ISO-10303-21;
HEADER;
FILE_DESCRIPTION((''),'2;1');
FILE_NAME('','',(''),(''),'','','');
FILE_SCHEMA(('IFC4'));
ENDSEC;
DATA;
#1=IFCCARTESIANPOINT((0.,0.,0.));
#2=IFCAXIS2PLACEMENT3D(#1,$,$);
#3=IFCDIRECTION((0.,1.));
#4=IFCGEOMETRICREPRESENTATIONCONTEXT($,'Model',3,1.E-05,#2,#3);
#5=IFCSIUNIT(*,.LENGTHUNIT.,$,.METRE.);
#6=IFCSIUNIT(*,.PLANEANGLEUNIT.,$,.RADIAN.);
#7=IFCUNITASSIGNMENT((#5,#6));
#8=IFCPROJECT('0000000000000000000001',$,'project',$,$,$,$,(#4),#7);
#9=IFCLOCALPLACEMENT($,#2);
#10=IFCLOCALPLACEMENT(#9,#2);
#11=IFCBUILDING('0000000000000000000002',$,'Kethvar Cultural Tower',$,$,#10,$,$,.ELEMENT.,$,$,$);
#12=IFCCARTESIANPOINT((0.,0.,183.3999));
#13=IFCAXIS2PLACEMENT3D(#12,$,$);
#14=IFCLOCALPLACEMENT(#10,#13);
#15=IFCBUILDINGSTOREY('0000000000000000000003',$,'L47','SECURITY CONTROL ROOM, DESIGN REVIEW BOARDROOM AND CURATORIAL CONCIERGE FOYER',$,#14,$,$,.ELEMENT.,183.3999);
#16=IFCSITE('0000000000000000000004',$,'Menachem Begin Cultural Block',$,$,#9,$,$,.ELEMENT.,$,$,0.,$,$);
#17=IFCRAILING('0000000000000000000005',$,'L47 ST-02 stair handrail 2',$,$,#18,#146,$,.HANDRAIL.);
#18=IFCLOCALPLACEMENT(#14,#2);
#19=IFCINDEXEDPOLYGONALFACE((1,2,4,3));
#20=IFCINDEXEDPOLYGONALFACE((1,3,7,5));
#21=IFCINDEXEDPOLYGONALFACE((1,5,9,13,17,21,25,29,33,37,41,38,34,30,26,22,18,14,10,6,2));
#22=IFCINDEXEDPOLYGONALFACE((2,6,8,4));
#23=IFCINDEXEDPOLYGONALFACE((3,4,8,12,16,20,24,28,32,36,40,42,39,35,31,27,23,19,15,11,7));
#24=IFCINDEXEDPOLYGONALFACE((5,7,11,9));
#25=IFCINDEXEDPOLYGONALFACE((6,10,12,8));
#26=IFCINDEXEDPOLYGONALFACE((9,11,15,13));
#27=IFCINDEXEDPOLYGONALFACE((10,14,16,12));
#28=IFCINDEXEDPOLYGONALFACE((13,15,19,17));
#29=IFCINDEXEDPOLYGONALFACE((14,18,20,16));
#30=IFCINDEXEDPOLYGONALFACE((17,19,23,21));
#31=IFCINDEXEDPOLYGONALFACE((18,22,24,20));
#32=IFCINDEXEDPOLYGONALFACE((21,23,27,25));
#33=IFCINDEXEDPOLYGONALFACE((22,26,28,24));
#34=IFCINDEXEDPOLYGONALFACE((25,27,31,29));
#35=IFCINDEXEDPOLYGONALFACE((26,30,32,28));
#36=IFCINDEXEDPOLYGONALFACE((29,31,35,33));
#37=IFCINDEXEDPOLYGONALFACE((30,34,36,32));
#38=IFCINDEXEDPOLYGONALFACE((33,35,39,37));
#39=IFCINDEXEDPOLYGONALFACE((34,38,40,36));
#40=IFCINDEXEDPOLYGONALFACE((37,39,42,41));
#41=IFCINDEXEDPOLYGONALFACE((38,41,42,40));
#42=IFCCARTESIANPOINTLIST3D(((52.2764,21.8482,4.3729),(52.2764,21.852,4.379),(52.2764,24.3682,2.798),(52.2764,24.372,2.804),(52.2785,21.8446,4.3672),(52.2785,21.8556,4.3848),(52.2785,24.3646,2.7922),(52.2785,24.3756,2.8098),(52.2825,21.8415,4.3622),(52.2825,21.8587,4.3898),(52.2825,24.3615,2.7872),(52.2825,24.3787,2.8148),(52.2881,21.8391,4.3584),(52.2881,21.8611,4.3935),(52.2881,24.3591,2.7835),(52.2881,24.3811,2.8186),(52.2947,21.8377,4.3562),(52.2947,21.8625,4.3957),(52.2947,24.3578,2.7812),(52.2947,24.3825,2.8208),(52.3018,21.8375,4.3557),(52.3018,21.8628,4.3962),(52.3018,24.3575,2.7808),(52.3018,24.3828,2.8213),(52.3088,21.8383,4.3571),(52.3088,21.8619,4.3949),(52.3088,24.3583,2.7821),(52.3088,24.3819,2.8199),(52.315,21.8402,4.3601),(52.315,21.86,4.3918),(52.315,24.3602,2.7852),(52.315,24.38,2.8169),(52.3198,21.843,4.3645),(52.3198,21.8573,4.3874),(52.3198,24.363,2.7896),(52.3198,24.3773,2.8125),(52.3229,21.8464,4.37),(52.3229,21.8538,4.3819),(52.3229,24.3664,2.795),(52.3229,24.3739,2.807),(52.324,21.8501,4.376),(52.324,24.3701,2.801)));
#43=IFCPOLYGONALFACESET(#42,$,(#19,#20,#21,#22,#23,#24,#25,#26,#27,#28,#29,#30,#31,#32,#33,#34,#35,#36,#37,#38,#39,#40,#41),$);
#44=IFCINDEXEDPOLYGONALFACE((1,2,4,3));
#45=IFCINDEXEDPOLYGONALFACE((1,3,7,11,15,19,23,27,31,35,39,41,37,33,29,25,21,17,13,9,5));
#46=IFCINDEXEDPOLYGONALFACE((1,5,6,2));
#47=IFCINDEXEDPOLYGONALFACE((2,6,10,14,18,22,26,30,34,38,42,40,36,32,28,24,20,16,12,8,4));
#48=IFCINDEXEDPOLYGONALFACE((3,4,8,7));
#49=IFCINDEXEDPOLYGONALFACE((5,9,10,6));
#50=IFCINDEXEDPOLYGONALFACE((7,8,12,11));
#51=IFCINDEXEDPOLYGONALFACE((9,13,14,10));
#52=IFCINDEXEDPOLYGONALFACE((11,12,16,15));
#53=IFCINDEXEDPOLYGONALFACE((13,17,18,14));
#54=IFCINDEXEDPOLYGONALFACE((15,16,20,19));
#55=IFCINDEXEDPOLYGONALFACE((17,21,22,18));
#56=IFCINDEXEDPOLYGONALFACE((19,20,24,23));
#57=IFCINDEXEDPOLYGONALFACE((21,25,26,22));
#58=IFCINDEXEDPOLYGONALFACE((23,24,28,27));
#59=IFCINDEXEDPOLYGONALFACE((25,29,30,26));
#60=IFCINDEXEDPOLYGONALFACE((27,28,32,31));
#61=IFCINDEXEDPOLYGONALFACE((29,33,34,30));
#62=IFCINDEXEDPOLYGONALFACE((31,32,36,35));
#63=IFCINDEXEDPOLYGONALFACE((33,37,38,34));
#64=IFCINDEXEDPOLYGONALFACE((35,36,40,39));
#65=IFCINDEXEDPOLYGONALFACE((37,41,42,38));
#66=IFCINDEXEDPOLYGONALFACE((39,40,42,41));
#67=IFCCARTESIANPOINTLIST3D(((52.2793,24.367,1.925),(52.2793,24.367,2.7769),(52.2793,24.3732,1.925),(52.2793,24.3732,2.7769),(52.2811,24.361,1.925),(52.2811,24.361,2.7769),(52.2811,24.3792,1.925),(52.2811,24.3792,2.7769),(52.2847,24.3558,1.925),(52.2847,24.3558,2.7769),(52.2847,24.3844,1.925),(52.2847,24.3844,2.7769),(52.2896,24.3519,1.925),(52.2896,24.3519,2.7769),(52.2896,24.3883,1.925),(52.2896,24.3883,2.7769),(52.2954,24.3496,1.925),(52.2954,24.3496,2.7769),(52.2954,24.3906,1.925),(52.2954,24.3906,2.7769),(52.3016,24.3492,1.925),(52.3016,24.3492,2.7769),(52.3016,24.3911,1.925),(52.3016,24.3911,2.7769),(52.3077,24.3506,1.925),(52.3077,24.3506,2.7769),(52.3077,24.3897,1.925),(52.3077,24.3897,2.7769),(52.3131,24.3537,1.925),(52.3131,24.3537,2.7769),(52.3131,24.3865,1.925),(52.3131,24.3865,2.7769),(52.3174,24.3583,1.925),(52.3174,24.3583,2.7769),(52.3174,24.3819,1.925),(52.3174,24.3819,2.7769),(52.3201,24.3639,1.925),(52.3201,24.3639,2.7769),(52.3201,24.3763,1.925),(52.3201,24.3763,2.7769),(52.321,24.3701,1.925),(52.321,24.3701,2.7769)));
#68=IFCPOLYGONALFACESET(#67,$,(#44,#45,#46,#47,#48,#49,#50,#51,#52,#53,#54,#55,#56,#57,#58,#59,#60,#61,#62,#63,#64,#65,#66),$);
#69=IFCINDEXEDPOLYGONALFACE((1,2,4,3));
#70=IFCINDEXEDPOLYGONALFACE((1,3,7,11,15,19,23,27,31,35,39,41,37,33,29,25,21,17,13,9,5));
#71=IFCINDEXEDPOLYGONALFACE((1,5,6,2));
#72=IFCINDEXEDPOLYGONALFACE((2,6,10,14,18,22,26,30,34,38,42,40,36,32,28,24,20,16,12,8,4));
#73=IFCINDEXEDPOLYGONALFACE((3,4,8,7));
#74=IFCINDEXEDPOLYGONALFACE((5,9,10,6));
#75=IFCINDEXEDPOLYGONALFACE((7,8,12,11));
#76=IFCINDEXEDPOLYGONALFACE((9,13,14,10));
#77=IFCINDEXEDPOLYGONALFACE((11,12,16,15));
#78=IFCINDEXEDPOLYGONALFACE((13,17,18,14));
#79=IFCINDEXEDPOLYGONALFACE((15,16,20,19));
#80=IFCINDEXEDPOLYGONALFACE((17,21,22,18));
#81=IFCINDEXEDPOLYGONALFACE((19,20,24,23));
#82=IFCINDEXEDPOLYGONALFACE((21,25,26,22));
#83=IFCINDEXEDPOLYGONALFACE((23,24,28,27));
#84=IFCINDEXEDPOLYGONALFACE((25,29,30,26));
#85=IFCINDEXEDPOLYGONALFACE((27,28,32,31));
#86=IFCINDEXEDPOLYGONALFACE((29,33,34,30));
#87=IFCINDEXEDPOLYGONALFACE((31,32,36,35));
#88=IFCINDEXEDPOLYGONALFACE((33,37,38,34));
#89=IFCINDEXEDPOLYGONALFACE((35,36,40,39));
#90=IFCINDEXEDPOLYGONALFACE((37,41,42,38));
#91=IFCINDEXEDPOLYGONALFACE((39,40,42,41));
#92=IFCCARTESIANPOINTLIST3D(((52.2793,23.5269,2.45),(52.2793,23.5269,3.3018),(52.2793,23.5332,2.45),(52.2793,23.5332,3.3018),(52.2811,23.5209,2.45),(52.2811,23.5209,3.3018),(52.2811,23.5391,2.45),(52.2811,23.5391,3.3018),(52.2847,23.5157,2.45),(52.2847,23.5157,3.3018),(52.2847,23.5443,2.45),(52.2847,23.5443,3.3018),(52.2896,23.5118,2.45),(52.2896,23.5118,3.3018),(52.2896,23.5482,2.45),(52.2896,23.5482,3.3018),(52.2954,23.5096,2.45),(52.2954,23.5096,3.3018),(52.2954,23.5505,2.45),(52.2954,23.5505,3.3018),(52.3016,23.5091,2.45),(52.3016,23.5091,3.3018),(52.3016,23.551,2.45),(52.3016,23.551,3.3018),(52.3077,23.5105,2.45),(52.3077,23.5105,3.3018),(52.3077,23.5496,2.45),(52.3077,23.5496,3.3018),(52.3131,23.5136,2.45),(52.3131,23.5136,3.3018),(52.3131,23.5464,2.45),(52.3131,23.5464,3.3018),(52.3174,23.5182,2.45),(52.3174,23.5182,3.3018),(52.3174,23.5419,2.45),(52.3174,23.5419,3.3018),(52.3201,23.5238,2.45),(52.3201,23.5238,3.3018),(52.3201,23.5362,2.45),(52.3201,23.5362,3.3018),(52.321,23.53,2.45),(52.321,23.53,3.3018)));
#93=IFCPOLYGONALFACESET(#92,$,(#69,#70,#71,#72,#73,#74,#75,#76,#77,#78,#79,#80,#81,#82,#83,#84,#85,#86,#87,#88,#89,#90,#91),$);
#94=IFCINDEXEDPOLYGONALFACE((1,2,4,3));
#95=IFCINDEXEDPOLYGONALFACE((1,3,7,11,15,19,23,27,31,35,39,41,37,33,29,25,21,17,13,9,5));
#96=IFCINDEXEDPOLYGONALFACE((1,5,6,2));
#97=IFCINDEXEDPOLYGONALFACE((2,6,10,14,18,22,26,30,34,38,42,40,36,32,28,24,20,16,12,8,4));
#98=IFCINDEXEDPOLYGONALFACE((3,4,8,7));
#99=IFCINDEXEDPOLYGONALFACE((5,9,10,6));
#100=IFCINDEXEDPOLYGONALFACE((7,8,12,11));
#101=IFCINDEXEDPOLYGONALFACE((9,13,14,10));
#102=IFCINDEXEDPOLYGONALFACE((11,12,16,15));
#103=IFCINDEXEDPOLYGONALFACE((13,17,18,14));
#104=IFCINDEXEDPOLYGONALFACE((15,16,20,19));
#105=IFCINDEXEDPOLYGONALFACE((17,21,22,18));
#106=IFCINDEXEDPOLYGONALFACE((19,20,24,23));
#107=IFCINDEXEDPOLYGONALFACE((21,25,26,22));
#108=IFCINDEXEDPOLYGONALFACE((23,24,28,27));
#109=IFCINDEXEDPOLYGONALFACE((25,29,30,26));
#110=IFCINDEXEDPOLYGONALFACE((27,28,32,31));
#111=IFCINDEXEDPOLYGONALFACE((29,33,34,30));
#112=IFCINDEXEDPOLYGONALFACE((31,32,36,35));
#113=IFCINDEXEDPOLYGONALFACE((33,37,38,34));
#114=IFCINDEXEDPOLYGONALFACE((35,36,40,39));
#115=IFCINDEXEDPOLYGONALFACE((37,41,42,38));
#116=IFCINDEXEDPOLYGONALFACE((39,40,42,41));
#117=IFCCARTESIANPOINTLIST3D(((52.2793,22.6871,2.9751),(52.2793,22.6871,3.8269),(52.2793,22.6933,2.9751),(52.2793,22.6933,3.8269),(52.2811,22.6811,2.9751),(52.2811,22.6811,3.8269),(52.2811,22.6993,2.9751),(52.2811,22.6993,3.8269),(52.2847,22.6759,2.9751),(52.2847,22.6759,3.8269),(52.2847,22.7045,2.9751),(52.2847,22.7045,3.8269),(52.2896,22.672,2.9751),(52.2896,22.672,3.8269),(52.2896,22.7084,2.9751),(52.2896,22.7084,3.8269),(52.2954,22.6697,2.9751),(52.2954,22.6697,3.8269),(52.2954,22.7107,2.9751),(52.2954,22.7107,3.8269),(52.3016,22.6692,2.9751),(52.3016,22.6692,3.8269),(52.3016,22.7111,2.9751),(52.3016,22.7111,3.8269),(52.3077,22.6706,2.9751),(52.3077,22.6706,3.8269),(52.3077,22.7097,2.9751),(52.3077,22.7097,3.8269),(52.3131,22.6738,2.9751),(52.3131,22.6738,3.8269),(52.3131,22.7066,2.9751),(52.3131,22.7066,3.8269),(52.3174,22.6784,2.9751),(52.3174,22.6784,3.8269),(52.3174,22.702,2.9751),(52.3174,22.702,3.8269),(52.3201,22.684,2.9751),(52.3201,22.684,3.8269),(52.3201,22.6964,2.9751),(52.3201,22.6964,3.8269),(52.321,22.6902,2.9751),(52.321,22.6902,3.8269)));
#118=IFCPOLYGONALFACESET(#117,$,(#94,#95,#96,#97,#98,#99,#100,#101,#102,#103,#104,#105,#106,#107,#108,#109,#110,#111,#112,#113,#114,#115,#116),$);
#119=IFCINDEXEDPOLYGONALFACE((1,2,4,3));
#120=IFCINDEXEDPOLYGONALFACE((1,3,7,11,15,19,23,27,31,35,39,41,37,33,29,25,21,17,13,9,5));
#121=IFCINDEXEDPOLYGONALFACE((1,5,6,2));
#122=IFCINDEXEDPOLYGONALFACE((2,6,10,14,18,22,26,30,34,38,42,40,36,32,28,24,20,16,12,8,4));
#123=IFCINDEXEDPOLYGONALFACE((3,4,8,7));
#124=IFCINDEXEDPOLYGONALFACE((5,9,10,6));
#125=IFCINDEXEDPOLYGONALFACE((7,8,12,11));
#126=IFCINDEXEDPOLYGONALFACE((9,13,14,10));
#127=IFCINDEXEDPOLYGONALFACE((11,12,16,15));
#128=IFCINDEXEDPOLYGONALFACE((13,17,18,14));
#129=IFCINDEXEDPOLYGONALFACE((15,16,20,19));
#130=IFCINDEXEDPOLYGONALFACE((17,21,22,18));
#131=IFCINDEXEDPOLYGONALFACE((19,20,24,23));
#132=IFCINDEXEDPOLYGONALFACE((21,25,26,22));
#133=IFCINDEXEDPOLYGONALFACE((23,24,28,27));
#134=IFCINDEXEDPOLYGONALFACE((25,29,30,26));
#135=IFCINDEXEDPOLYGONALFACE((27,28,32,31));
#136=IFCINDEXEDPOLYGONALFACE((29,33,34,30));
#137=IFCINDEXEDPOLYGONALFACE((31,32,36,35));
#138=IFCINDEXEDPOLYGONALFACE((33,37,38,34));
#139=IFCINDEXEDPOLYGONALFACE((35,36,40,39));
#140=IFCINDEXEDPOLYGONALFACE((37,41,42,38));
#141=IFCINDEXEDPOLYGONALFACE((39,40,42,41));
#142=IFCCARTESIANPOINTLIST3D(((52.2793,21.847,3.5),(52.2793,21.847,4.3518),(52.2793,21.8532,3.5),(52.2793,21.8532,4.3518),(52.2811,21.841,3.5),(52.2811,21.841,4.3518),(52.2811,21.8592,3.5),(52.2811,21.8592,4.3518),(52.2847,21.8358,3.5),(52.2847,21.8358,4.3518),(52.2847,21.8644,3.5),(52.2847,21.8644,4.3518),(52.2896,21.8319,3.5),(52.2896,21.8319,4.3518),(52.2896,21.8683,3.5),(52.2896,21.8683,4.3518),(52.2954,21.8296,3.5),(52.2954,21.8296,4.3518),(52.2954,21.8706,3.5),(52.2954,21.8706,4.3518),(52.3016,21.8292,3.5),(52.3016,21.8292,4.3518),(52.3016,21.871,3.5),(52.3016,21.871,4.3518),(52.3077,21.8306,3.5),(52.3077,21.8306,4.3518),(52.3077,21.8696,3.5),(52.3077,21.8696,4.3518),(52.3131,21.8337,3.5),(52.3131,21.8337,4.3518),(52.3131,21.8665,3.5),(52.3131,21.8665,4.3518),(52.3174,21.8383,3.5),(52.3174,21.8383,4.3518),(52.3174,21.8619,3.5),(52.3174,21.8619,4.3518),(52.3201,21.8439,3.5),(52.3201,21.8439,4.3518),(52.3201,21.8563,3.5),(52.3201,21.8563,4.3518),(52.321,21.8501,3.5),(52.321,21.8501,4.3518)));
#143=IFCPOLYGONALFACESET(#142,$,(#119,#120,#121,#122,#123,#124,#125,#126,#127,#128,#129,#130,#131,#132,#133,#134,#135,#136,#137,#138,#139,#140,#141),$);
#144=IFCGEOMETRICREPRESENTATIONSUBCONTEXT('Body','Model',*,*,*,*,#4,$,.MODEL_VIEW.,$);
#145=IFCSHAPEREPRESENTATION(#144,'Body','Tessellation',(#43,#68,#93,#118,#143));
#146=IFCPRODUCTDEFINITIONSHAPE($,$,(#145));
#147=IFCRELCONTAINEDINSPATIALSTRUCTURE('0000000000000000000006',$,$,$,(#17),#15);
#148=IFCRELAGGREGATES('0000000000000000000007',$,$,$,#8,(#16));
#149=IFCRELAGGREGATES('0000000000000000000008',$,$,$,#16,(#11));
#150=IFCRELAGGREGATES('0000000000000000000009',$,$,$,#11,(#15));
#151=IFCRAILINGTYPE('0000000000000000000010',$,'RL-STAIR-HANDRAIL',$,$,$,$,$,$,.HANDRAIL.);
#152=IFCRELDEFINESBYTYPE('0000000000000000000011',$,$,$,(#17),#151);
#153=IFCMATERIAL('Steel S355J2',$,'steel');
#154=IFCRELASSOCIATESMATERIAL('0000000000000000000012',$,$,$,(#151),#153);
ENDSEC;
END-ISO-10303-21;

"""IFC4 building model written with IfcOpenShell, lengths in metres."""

from ifc_helpers import new_model, si_unit, direction, frame, origin, origin_2d, place, context, subcontext, project, spatial, circle, extrude, material, type_object, element, save


model = new_model("IFC4")

# Units and contexts
model_context = context("Model", 3, precision=1e-05, world=origin(), true_north=direction((0.0, 1.0)))
body_context = subcontext(model_context, "Body", "Model", "MODEL_VIEW")
ifc_project = project(units=[si_unit("LENGTHUNIT", "METRE"), si_unit("PLANEANGLEUNIT", "RADIAN")], contexts=[model_context])

# Site, building, storey
site_placement = place(None, origin())
site = spatial("IfcSite", under=ifc_project, at=site_placement, Name="Menachem Begin Cultural Block", CompositionType="ELEMENT", RefElevation=0.0)
building_placement = place(site_placement, origin())
building = spatial("IfcBuilding", under=site, at=building_placement, Name="Kethvar Cultural Tower", CompositionType="ELEMENT")
storey_placement = place(building_placement, frame((0.0, 0.0, 183.3999)))
storey = spatial("IfcBuildingStorey", under=building, at=storey_placement, Name="L47", Description="SECURITY CONTROL ROOM, DESIGN REVIEW BOARDROOM AND CURATORIAL CONCIERGE FOYER", CompositionType="ELEMENT", Elevation=183.3999)

# Shared definitions
ifc_material_1 = material(Name="Steel S355J2", Category="steel")

# Railing
railing_type_1 = type_object("IfcRailingType", Name="RL-STAIR-HANDRAIL", PredefinedType="HANDRAIL", material=ifc_material_1)
railing_1_placement = place(storey_placement, frame((52.3, 24.3701, 1.925)))
element("IfcRailing", 1, at=railing_1_placement, inside=storey, type_object=railing_type_1, Name="L47 ST-02 stair handrail 2", PredefinedType="HANDRAIL", context=body_context, shape_type="SweptSolid", body=[
    extrude(circle(Radius=0.0239, at=origin_2d()), frame((0.0, 0.0, 0.876), z_axis=(0.0, -0.848008, 0.529984), x_axis=(1.0, 0.0, 0.0)), (0.0, 0.0, 1.0), 2.9717),
    extrude(circle(Radius=0.021, at=origin_2d()), origin(), (0.0, 0.0, 1.0), 0.8518),
    extrude(circle(Radius=0.021, at=origin_2d()), frame((0.0, -0.8401, 0.5249)), (0.0, 0.0, 1.0), 0.8518),
    extrude(circle(Radius=0.021, at=origin_2d()), frame((0.0, -1.6799, 1.05)), (0.0, 0.0, 1.0), 0.8518),
    extrude(circle(Radius=0.021, at=origin_2d()), frame((0.0, -2.52, 1.575)), (0.0, 0.0, 1.0), 0.8518),
])

save(model, "model.ifc")
